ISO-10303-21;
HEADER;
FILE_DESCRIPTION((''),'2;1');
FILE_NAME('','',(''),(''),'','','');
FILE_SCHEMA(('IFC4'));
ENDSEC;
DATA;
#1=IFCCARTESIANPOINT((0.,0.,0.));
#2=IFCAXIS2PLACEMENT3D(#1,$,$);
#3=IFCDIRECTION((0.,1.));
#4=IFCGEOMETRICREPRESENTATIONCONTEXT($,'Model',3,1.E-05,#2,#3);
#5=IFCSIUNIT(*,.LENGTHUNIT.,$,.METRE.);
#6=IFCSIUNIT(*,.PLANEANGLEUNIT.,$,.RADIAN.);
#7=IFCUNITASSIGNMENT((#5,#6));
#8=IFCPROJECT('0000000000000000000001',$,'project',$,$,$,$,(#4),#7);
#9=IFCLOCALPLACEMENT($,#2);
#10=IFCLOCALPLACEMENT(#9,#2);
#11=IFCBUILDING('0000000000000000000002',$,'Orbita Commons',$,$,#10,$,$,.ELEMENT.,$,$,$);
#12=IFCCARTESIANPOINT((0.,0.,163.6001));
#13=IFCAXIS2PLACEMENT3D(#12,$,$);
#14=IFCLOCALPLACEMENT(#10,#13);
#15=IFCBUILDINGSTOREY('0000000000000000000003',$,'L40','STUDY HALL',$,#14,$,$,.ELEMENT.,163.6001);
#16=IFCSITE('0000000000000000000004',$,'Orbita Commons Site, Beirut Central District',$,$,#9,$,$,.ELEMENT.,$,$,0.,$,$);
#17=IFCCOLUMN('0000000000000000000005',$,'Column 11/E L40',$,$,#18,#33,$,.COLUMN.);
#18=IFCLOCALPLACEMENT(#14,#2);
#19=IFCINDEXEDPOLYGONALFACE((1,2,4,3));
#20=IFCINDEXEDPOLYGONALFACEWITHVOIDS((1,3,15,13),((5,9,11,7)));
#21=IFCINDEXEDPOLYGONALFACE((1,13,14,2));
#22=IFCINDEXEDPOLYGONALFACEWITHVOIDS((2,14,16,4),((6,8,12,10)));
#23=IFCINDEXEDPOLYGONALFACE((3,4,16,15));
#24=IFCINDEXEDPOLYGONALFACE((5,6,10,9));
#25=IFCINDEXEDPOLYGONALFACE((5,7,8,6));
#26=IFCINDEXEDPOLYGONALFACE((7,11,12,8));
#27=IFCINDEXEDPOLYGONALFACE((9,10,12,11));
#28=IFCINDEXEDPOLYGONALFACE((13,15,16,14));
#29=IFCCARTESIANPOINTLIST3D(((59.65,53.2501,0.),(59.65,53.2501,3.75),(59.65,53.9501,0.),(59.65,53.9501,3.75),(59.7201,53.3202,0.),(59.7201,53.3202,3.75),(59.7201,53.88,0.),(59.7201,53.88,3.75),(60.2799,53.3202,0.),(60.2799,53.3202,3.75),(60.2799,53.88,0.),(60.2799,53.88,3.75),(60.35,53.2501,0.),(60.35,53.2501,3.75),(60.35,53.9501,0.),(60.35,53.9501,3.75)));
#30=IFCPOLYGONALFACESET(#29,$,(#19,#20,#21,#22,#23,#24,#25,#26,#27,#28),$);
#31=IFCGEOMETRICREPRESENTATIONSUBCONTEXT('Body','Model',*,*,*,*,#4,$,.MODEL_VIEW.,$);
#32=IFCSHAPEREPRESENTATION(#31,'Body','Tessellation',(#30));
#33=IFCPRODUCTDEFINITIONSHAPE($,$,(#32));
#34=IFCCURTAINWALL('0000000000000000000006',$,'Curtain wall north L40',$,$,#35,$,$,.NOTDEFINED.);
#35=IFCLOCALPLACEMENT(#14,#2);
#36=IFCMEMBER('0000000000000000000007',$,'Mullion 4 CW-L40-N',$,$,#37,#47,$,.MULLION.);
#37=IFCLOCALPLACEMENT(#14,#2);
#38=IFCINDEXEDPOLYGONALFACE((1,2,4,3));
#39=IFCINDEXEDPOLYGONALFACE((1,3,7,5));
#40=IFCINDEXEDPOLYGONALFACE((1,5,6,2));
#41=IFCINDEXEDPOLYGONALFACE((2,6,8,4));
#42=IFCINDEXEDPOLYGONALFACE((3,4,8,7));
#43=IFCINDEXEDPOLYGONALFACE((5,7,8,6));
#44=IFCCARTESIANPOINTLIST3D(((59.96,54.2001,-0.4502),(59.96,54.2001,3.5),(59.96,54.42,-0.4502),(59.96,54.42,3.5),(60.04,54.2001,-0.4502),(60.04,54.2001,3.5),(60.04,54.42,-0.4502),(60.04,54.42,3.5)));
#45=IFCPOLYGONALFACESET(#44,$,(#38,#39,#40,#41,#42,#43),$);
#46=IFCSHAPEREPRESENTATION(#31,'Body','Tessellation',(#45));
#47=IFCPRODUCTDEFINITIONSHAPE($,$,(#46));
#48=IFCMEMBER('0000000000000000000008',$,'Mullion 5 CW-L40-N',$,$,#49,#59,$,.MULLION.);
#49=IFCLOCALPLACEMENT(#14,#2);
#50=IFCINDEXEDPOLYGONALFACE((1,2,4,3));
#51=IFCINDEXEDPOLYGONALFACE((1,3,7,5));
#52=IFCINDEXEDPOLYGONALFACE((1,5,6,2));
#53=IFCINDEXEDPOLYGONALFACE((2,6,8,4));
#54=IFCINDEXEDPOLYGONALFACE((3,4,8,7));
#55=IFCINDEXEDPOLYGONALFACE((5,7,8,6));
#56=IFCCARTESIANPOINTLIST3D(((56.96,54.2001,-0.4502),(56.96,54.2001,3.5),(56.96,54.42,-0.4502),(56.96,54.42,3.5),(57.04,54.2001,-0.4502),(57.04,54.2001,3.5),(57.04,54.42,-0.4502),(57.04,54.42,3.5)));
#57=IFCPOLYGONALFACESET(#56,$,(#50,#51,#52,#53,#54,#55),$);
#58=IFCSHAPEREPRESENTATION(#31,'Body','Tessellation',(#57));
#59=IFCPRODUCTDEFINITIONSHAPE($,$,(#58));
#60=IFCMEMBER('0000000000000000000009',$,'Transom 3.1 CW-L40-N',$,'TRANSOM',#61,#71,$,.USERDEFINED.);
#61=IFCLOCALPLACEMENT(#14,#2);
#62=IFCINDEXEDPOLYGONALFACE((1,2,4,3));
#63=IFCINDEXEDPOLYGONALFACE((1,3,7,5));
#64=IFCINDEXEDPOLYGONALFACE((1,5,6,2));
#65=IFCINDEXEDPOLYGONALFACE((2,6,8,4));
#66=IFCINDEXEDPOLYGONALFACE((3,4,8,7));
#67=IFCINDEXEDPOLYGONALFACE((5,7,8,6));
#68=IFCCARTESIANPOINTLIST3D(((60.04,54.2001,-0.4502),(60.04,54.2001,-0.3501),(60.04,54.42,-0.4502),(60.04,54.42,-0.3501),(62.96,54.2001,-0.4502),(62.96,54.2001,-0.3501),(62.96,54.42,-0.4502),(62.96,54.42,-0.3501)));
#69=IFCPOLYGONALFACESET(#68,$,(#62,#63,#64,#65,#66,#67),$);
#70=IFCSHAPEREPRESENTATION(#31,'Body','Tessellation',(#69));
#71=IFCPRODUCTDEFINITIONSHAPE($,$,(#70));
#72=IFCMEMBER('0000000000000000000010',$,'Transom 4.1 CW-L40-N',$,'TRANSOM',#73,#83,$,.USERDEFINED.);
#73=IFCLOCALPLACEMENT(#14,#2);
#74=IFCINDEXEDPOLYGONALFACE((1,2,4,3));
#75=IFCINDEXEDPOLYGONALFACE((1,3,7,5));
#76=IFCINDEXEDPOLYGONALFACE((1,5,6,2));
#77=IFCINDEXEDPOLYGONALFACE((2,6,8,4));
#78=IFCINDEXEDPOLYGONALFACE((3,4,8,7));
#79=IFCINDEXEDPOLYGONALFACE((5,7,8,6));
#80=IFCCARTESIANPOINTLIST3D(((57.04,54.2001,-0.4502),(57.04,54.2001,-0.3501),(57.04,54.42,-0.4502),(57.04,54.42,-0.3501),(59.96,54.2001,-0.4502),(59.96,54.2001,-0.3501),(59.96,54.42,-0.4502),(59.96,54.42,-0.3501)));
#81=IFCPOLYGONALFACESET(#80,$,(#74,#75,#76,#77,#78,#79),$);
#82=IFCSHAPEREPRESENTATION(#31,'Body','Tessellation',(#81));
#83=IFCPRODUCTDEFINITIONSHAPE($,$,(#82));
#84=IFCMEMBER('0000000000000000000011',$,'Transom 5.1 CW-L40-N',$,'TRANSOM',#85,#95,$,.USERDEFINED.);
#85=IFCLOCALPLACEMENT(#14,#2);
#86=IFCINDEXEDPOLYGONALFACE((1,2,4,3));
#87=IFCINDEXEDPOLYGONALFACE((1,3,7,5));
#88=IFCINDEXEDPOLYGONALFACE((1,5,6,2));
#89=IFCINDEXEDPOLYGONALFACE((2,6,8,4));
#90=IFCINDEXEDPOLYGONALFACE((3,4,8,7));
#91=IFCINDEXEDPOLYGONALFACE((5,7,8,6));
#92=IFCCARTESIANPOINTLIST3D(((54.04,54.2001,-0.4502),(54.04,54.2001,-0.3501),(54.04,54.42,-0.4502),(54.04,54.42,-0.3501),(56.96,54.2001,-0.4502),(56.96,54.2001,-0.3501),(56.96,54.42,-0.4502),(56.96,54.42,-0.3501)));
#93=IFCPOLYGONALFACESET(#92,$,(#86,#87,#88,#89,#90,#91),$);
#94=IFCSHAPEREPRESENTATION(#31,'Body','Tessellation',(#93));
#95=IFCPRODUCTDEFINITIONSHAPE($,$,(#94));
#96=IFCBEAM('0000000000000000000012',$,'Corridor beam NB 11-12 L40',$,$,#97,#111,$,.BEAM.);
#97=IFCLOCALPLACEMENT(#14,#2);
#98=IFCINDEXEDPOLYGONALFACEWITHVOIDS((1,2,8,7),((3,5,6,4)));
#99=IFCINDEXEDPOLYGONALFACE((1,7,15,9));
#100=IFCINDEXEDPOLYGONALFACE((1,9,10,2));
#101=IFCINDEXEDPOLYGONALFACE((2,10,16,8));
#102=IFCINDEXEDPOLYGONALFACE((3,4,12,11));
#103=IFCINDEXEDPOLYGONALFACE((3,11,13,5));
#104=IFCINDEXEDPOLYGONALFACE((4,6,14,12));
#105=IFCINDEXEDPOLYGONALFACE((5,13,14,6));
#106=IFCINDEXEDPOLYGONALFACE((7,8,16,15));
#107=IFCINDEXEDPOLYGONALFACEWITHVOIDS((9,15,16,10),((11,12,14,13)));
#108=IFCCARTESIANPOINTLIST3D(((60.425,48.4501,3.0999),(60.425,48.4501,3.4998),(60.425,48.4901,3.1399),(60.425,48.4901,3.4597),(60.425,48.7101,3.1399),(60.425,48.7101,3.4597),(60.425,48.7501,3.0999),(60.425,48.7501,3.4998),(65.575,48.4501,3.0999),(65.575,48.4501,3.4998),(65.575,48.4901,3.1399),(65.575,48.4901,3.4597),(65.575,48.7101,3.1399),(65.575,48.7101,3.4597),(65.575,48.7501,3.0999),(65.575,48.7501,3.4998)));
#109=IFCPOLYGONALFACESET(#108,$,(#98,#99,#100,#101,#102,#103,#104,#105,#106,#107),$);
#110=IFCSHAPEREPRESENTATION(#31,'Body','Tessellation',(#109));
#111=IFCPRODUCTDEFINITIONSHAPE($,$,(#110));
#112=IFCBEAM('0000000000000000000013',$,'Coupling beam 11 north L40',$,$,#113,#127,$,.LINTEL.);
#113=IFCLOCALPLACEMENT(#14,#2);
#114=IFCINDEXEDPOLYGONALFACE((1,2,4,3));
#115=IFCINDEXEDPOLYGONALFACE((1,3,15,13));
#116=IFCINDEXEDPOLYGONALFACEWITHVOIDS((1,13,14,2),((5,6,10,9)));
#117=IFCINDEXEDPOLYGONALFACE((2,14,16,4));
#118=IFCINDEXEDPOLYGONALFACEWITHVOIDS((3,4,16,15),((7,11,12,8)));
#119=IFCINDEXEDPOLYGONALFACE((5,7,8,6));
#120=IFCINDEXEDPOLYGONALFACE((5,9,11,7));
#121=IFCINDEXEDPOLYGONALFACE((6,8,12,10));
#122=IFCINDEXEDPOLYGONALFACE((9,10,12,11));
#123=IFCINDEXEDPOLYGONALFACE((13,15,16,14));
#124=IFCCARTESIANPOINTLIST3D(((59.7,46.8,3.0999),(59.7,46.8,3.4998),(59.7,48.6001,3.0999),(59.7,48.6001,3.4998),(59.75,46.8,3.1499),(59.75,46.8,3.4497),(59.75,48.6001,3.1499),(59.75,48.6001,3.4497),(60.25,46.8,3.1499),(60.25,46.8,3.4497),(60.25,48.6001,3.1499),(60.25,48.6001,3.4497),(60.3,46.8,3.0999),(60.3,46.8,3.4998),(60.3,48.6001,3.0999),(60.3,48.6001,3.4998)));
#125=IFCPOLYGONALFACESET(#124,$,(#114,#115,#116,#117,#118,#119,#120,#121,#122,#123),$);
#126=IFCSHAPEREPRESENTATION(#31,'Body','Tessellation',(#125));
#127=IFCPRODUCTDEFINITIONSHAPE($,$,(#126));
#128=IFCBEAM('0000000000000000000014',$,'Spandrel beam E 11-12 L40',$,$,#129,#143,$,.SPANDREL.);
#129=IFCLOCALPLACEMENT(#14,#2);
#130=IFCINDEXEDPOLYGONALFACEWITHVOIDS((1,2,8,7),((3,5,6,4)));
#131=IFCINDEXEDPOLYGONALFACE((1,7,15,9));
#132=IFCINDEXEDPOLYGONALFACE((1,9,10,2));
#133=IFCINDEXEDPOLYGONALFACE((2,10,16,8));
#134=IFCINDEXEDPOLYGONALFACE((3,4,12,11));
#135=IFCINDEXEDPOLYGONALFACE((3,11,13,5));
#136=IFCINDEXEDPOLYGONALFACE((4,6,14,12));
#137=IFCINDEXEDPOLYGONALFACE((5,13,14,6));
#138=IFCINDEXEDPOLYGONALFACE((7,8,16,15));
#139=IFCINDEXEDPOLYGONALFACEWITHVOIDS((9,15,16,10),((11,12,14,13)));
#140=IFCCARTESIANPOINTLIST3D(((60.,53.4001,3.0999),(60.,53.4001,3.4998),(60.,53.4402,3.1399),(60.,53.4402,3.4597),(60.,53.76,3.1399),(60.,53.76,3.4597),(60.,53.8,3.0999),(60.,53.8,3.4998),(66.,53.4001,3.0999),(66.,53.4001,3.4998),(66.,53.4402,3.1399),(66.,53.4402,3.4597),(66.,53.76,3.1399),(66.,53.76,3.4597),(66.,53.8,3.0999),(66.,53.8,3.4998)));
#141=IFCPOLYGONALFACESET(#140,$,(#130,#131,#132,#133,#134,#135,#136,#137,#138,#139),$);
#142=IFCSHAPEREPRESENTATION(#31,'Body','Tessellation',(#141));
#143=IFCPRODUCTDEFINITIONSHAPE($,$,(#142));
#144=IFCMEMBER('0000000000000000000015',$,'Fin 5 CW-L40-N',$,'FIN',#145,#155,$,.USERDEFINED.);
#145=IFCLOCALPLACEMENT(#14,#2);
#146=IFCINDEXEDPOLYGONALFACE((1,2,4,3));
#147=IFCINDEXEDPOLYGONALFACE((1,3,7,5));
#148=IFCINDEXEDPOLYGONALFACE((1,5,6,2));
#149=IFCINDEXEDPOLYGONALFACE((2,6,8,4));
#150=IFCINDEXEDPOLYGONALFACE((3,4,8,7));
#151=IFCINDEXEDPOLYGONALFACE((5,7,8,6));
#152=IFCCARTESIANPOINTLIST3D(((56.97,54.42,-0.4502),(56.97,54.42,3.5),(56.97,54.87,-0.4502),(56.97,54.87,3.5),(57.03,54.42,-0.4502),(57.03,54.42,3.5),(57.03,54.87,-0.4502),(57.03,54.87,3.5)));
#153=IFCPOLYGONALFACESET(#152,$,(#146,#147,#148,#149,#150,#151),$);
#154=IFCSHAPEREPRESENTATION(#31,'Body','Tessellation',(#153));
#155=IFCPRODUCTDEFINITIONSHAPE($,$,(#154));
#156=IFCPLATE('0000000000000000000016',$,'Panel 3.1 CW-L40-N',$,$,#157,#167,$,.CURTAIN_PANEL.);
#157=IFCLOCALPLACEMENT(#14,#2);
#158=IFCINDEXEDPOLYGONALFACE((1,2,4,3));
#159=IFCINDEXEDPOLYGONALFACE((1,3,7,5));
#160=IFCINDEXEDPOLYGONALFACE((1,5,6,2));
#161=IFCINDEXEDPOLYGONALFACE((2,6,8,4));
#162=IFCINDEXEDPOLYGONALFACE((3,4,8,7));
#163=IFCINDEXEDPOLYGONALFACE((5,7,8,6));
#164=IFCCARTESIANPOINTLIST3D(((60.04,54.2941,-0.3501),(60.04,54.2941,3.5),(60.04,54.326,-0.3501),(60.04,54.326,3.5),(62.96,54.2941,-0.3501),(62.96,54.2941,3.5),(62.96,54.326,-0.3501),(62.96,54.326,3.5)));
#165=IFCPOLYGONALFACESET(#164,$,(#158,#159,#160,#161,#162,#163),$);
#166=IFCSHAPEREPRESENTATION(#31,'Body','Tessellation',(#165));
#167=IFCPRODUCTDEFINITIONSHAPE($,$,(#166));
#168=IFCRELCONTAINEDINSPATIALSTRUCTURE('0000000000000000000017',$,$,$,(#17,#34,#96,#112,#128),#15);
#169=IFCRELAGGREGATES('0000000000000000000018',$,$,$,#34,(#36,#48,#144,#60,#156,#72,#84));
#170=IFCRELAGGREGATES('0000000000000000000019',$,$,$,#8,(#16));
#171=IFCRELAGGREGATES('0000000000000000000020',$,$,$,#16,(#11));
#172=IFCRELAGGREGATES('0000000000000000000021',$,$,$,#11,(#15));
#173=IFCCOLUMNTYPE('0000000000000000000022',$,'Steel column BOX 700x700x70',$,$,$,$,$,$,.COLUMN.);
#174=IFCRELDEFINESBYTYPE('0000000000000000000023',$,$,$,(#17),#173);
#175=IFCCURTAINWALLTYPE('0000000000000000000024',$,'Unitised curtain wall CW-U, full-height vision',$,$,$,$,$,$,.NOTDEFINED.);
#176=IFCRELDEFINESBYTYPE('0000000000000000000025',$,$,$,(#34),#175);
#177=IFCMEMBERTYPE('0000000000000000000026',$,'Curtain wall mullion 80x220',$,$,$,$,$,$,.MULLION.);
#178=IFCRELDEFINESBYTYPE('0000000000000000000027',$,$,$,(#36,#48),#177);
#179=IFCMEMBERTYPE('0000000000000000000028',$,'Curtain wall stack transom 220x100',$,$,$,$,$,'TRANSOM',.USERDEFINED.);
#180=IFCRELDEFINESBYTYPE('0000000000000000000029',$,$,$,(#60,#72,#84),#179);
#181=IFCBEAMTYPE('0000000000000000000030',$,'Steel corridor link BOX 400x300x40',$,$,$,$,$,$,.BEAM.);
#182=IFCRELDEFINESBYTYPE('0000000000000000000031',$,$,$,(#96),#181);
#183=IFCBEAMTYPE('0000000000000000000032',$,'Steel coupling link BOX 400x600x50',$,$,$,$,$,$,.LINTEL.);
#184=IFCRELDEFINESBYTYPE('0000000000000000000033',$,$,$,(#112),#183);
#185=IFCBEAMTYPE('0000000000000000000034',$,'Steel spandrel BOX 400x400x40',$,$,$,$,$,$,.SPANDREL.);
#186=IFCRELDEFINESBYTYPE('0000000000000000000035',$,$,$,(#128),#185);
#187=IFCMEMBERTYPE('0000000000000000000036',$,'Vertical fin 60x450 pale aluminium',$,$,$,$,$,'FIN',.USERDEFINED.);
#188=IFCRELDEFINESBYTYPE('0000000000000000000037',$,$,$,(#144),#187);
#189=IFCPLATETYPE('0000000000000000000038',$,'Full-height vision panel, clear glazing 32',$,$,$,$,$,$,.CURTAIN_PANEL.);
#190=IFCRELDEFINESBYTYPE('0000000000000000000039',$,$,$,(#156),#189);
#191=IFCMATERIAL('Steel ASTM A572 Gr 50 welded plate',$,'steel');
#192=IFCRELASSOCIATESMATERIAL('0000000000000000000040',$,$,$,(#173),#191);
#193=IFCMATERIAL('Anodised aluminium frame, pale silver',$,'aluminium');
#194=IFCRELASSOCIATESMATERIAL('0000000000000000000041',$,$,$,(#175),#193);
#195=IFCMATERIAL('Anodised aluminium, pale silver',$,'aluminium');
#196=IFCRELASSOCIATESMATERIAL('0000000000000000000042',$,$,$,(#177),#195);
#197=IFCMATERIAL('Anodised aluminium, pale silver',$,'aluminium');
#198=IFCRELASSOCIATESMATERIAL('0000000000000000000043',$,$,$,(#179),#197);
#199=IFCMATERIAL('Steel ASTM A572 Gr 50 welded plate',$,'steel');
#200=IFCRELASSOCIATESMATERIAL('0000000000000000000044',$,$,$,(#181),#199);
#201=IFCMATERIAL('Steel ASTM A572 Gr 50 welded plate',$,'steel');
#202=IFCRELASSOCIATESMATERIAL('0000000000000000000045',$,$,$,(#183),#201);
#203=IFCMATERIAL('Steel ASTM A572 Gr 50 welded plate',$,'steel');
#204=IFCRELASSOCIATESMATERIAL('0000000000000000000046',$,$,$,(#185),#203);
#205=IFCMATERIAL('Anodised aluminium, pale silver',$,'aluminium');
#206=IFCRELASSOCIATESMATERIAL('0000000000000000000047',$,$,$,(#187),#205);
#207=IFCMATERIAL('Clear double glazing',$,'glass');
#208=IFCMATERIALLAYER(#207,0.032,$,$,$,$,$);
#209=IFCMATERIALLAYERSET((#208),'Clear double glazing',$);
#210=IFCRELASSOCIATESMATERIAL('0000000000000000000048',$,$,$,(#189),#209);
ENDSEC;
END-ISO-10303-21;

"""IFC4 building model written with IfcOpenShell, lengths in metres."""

from ifc_helpers import new_model, si_unit, direction, frame, origin, origin_2d, place, context, subcontext, project, spatial, rectangle, hollow_rectangle, extrude, material, layer, layer_set, material_profile, profile_set, type_object, element, aggregate, save


model = new_model("IFC4")

# Units and contexts
model_context = context("Model", 3, precision=1e-05, world=origin(), true_north=direction((0.0, 1.0)))
body_context = subcontext(model_context, "Body", "Model", "MODEL_VIEW")
ifc_project = project(units=[si_unit("LENGTHUNIT", "METRE"), si_unit("PLANEANGLEUNIT", "RADIAN")], contexts=[model_context])

# Site, building, storey
site_placement = place(None, origin())
site = spatial("IfcSite", under=ifc_project, at=site_placement, Name="Orbita Commons Site, Beirut Central District", CompositionType="ELEMENT", RefElevation=0.0)
building_placement = place(site_placement, origin())
building = spatial("IfcBuilding", under=site, at=building_placement, Name="Orbita Commons", CompositionType="ELEMENT")
storey_placement = place(building_placement, frame((0.0, 0.0, 163.6001)))
storey = spatial("IfcBuildingStorey", under=building, at=storey_placement, Name="L40", Description="STUDY HALL", CompositionType="ELEMENT", Elevation=163.6001)

# Column
ifc_material_1 = material(Name="Steel ASTM A572 Gr 50 welded plate", Category="steel")
ifc_material_profile_1 = material_profile(ifc_material_1, hollow_rectangle(XDim=0.7, YDim=0.7, WallThickness=0.0701, at=origin_2d()), Name="BOX 700x700x70")
ifc_profile_set_1 = profile_set([ifc_material_profile_1], Name="Steel ASTM A572 Gr 50 welded plate")
column_type = type_object("IfcColumnType", Name="Steel column BOX 700x700x70", PredefinedType="COLUMN", material=ifc_profile_set_1)
column_placement = place(storey_placement, frame((60.0, 53.6001, 0.0), z_axis=(0.0, 0.0, 1.0), x_axis=(1.0, 0.0, 0.0)))
element("IfcColumn", 1, at=column_placement, inside=storey, type_object=column_type, Name="Column 11/E L40", PredefinedType="COLUMN", context=body_context, shape_type="SweptSolid", body=[
    extrude(hollow_rectangle(XDim=0.7, YDim=0.7, WallThickness=0.0701, at=origin_2d()), origin(), (0.0, 0.0, 1.0), 3.75),
])

# Curtain wall, members
ifc_material_2 = material(Name="Anodised aluminium frame, pale silver", Category="aluminium")
curtain_wall_type = type_object("IfcCurtainWallType", Name="Unitised curtain wall CW-U, full-height vision", PredefinedType="NOTDEFINED", material=ifc_material_2)
curtain_wall_placement = place(storey_placement, origin())
curtain_wall = element("IfcCurtainWall", 2, at=curtain_wall_placement, inside=storey, type_object=curtain_wall_type, Name="Curtain wall north L40", PredefinedType="NOTDEFINED")
ifc_material_3 = material(Name="Anodised aluminium, pale silver", Category="aluminium")
ifc_material_profile_2 = material_profile(ifc_material_3, rectangle(XDim=0.0801, YDim=0.22, at=origin_2d()), Name="AL 80x220")
ifc_profile_set_2 = profile_set([ifc_material_profile_2], Name="Anodised aluminium, pale silver")
member_type_1 = type_object("IfcMemberType", Name="Curtain wall mullion 80x220", PredefinedType="MULLION", material=ifc_profile_set_2)
member_1_placement = place(storey_placement, frame((60.0, 54.3101, -0.4502), z_axis=(0.0, 0.0, 1.0), x_axis=(-1.0, 0.0, 0.0)))
member_1 = element("IfcMember", 3, at=member_1_placement, type_object=member_type_1, Name="Mullion 4 CW-L40-N", PredefinedType="MULLION", context=body_context, shape_type="SweptSolid", body=[
    extrude(rectangle(XDim=0.0801, YDim=0.22, at=origin_2d()), origin(), (0.0, 0.0, 1.0), 3.9502),
])
member_2_placement = place(storey_placement, frame((57.0, 54.3101, -0.4502), z_axis=(0.0, 0.0, 1.0), x_axis=(-1.0, 0.0, 0.0)))
member_2 = element("IfcMember", 4, at=member_2_placement, type_object=member_type_1, Name="Mullion 5 CW-L40-N", PredefinedType="MULLION", context=body_context, shape_type="SweptSolid", body=[
    extrude(rectangle(XDim=0.0801, YDim=0.22, at=origin_2d()), origin(), (0.0, 0.0, 1.0), 3.9502),
])
ifc_material_4 = material(Name="Anodised aluminium, pale silver", Category="aluminium")
ifc_material_profile_3 = material_profile(ifc_material_4, rectangle(XDim=0.22, YDim=0.1001, at=origin_2d()), Name="AL 220x100")
ifc_profile_set_3 = profile_set([ifc_material_profile_3], Name="Anodised aluminium, pale silver")
member_type_2 = type_object("IfcMemberType", Name="Curtain wall stack transom 220x100", ElementType="TRANSOM", PredefinedType="USERDEFINED", material=ifc_profile_set_3)
member_3_placement = place(storey_placement, frame((62.96, 54.3101, -0.4001), z_axis=(-1.0, 0.0, 0.0), x_axis=(0.0, -1.0, 0.0)))
member_3 = element("IfcMember", 5, at=member_3_placement, type_object=member_type_2, Name="Transom 3.1 CW-L40-N", ObjectType="TRANSOM", PredefinedType="USERDEFINED", context=body_context, shape_type="SweptSolid", body=[
    extrude(rectangle(XDim=0.22, YDim=0.1001, at=origin_2d()), origin(), (0.0, 0.0, 1.0), 2.9199),
])
member_4_placement = place(storey_placement, frame((59.96, 54.3101, -0.4001), z_axis=(-1.0, 0.0, 0.0), x_axis=(0.0, -1.0, 0.0)))
member_4 = element("IfcMember", 6, at=member_4_placement, type_object=member_type_2, Name="Transom 4.1 CW-L40-N", ObjectType="TRANSOM", PredefinedType="USERDEFINED", context=body_context, shape_type="SweptSolid", body=[
    extrude(rectangle(XDim=0.22, YDim=0.1001, at=origin_2d()), origin(), (0.0, 0.0, 1.0), 2.9199),
])
member_5_placement = place(storey_placement, frame((56.96, 54.3101, -0.4001), z_axis=(-1.0, 0.0, 0.0), x_axis=(0.0, -1.0, 0.0)))
member_5 = element("IfcMember", 7, at=member_5_placement, type_object=member_type_2, Name="Transom 5.1 CW-L40-N", ObjectType="TRANSOM", PredefinedType="USERDEFINED", context=body_context, shape_type="SweptSolid", body=[
    extrude(rectangle(XDim=0.22, YDim=0.1001, at=origin_2d()), origin(), (0.0, 0.0, 1.0), 2.9199),
])

# Beams
ifc_material_5 = material(Name="Steel ASTM A572 Gr 50 welded plate", Category="steel")
ifc_material_profile_4 = material_profile(ifc_material_5, hollow_rectangle(XDim=0.3, YDim=0.3999, WallThickness=0.04, at=origin_2d()), Name="BOX 400x300x40")
ifc_profile_set_4 = profile_set([ifc_material_profile_4], Name="Steel ASTM A572 Gr 50 welded plate")
beam_type_1 = type_object("IfcBeamType", Name="Steel corridor link BOX 400x300x40", PredefinedType="BEAM", material=ifc_profile_set_4)
beam_1_placement = place(storey_placement, frame((60.425, 48.6001, 3.2998), z_axis=(1.0, 0.0, 0.0), x_axis=(0.0, 1.0, 0.0)))
element("IfcBeam", 8, at=beam_1_placement, inside=storey, type_object=beam_type_1, Name="Corridor beam NB 11-12 L40", PredefinedType="BEAM", context=body_context, shape_type="SweptSolid", body=[
    extrude(hollow_rectangle(XDim=0.3, YDim=0.3999, WallThickness=0.04, at=origin_2d()), origin(), (0.0, 0.0, 1.0), 5.1499),
])
ifc_material_6 = material(Name="Steel ASTM A572 Gr 50 welded plate", Category="steel")
ifc_material_profile_5 = material_profile(ifc_material_6, hollow_rectangle(XDim=0.6001, YDim=0.3999, WallThickness=0.05, at=origin_2d()), Name="BOX 400x600x50")
ifc_profile_set_5 = profile_set([ifc_material_profile_5], Name="Steel ASTM A572 Gr 50 welded plate")
beam_type_2 = type_object("IfcBeamType", Name="Steel coupling link BOX 400x600x50", PredefinedType="LINTEL", material=ifc_profile_set_5)
beam_2_placement = place(storey_placement, frame((60.0, 46.8, 3.2998), z_axis=(0.0, 1.0, 0.0), x_axis=(-1.0, 0.0, 0.0)))
element("IfcBeam", 9, at=beam_2_placement, inside=storey, type_object=beam_type_2, Name="Coupling beam 11 north L40", PredefinedType="LINTEL", context=body_context, shape_type="SweptSolid", body=[
    extrude(hollow_rectangle(XDim=0.6001, YDim=0.3999, WallThickness=0.05, at=origin_2d()), origin(), (0.0, 0.0, 1.0), 1.8),
])
ifc_material_7 = material(Name="Steel ASTM A572 Gr 50 welded plate", Category="steel")
ifc_material_profile_6 = material_profile(ifc_material_7, hollow_rectangle(XDim=0.3999, YDim=0.3999, WallThickness=0.04, at=origin_2d()), Name="BOX 400x400x40")
ifc_profile_set_6 = profile_set([ifc_material_profile_6], Name="Steel ASTM A572 Gr 50 welded plate")
beam_type_3 = type_object("IfcBeamType", Name="Steel spandrel BOX 400x400x40", PredefinedType="SPANDREL", material=ifc_profile_set_6)
beam_3_placement = place(storey_placement, frame((60.0, 53.6001, 3.2998), z_axis=(1.0, 0.0, 0.0), x_axis=(0.0, 1.0, 0.0)))
element("IfcBeam", 10, at=beam_3_placement, inside=storey, type_object=beam_type_3, Name="Spandrel beam E 11-12 L40", PredefinedType="SPANDREL", context=body_context, shape_type="SweptSolid", body=[
    extrude(hollow_rectangle(XDim=0.3999, YDim=0.3999, WallThickness=0.04, at=origin_2d()), origin(), (0.0, 0.0, 1.0), 6.0),
])

# Member
ifc_material_8 = material(Name="Anodised aluminium, pale silver", Category="aluminium")
ifc_material_profile_7 = material_profile(ifc_material_8, rectangle(XDim=0.0601, YDim=0.45, at=origin_2d()), Name="FIN 60x450")
ifc_profile_set_7 = profile_set([ifc_material_profile_7], Name="Anodised aluminium, pale silver")
member_type_3 = type_object("IfcMemberType", Name="Vertical fin 60x450 pale aluminium", ElementType="FIN", PredefinedType="USERDEFINED", material=ifc_profile_set_7)
member_6_placement = place(storey_placement, frame((57.0, 54.645, -0.4502), z_axis=(0.0, 0.0, 1.0), x_axis=(-1.0, 0.0, 0.0)))
member_6 = element("IfcMember", 11, at=member_6_placement, type_object=member_type_3, Name="Fin 5 CW-L40-N", ObjectType="FIN", PredefinedType="USERDEFINED", context=body_context, shape_type="SweptSolid", body=[
    extrude(rectangle(XDim=0.0601, YDim=0.45, at=origin_2d()), origin(), (0.0, 0.0, 1.0), 3.9502),
])

# Plate
ifc_material_9 = material(Name="Clear double glazing", Category="glass")
ifc_layer_1 = layer(ifc_material_9, 0.032)
ifc_layer_set_1 = layer_set([ifc_layer_1], Name="Clear double glazing")
plate_type = type_object("IfcPlateType", Name="Full-height vision panel, clear glazing 32", PredefinedType="CURTAIN_PANEL", material=ifc_layer_set_1)
plate_1_placement = place(storey_placement, frame((61.5, 54.3101, -0.3501), z_axis=(0.0, 0.0, 1.0), x_axis=(-1.0, 0.0, 0.0)))
plate_1 = element("IfcPlate", 12, at=plate_1_placement, type_object=plate_type, Name="Panel 3.1 CW-L40-N", PredefinedType="CURTAIN_PANEL", context=body_context, shape_type="SweptSolid", body=[
    extrude(rectangle(XDim=2.9199, YDim=0.032, at=origin_2d()), origin(), (0.0, 0.0, 1.0), 3.8501),
])
aggregate(curtain_wall, [member_1, member_2, member_6, member_3, plate_1, member_4, member_5])

save(model, "model.ifc")
